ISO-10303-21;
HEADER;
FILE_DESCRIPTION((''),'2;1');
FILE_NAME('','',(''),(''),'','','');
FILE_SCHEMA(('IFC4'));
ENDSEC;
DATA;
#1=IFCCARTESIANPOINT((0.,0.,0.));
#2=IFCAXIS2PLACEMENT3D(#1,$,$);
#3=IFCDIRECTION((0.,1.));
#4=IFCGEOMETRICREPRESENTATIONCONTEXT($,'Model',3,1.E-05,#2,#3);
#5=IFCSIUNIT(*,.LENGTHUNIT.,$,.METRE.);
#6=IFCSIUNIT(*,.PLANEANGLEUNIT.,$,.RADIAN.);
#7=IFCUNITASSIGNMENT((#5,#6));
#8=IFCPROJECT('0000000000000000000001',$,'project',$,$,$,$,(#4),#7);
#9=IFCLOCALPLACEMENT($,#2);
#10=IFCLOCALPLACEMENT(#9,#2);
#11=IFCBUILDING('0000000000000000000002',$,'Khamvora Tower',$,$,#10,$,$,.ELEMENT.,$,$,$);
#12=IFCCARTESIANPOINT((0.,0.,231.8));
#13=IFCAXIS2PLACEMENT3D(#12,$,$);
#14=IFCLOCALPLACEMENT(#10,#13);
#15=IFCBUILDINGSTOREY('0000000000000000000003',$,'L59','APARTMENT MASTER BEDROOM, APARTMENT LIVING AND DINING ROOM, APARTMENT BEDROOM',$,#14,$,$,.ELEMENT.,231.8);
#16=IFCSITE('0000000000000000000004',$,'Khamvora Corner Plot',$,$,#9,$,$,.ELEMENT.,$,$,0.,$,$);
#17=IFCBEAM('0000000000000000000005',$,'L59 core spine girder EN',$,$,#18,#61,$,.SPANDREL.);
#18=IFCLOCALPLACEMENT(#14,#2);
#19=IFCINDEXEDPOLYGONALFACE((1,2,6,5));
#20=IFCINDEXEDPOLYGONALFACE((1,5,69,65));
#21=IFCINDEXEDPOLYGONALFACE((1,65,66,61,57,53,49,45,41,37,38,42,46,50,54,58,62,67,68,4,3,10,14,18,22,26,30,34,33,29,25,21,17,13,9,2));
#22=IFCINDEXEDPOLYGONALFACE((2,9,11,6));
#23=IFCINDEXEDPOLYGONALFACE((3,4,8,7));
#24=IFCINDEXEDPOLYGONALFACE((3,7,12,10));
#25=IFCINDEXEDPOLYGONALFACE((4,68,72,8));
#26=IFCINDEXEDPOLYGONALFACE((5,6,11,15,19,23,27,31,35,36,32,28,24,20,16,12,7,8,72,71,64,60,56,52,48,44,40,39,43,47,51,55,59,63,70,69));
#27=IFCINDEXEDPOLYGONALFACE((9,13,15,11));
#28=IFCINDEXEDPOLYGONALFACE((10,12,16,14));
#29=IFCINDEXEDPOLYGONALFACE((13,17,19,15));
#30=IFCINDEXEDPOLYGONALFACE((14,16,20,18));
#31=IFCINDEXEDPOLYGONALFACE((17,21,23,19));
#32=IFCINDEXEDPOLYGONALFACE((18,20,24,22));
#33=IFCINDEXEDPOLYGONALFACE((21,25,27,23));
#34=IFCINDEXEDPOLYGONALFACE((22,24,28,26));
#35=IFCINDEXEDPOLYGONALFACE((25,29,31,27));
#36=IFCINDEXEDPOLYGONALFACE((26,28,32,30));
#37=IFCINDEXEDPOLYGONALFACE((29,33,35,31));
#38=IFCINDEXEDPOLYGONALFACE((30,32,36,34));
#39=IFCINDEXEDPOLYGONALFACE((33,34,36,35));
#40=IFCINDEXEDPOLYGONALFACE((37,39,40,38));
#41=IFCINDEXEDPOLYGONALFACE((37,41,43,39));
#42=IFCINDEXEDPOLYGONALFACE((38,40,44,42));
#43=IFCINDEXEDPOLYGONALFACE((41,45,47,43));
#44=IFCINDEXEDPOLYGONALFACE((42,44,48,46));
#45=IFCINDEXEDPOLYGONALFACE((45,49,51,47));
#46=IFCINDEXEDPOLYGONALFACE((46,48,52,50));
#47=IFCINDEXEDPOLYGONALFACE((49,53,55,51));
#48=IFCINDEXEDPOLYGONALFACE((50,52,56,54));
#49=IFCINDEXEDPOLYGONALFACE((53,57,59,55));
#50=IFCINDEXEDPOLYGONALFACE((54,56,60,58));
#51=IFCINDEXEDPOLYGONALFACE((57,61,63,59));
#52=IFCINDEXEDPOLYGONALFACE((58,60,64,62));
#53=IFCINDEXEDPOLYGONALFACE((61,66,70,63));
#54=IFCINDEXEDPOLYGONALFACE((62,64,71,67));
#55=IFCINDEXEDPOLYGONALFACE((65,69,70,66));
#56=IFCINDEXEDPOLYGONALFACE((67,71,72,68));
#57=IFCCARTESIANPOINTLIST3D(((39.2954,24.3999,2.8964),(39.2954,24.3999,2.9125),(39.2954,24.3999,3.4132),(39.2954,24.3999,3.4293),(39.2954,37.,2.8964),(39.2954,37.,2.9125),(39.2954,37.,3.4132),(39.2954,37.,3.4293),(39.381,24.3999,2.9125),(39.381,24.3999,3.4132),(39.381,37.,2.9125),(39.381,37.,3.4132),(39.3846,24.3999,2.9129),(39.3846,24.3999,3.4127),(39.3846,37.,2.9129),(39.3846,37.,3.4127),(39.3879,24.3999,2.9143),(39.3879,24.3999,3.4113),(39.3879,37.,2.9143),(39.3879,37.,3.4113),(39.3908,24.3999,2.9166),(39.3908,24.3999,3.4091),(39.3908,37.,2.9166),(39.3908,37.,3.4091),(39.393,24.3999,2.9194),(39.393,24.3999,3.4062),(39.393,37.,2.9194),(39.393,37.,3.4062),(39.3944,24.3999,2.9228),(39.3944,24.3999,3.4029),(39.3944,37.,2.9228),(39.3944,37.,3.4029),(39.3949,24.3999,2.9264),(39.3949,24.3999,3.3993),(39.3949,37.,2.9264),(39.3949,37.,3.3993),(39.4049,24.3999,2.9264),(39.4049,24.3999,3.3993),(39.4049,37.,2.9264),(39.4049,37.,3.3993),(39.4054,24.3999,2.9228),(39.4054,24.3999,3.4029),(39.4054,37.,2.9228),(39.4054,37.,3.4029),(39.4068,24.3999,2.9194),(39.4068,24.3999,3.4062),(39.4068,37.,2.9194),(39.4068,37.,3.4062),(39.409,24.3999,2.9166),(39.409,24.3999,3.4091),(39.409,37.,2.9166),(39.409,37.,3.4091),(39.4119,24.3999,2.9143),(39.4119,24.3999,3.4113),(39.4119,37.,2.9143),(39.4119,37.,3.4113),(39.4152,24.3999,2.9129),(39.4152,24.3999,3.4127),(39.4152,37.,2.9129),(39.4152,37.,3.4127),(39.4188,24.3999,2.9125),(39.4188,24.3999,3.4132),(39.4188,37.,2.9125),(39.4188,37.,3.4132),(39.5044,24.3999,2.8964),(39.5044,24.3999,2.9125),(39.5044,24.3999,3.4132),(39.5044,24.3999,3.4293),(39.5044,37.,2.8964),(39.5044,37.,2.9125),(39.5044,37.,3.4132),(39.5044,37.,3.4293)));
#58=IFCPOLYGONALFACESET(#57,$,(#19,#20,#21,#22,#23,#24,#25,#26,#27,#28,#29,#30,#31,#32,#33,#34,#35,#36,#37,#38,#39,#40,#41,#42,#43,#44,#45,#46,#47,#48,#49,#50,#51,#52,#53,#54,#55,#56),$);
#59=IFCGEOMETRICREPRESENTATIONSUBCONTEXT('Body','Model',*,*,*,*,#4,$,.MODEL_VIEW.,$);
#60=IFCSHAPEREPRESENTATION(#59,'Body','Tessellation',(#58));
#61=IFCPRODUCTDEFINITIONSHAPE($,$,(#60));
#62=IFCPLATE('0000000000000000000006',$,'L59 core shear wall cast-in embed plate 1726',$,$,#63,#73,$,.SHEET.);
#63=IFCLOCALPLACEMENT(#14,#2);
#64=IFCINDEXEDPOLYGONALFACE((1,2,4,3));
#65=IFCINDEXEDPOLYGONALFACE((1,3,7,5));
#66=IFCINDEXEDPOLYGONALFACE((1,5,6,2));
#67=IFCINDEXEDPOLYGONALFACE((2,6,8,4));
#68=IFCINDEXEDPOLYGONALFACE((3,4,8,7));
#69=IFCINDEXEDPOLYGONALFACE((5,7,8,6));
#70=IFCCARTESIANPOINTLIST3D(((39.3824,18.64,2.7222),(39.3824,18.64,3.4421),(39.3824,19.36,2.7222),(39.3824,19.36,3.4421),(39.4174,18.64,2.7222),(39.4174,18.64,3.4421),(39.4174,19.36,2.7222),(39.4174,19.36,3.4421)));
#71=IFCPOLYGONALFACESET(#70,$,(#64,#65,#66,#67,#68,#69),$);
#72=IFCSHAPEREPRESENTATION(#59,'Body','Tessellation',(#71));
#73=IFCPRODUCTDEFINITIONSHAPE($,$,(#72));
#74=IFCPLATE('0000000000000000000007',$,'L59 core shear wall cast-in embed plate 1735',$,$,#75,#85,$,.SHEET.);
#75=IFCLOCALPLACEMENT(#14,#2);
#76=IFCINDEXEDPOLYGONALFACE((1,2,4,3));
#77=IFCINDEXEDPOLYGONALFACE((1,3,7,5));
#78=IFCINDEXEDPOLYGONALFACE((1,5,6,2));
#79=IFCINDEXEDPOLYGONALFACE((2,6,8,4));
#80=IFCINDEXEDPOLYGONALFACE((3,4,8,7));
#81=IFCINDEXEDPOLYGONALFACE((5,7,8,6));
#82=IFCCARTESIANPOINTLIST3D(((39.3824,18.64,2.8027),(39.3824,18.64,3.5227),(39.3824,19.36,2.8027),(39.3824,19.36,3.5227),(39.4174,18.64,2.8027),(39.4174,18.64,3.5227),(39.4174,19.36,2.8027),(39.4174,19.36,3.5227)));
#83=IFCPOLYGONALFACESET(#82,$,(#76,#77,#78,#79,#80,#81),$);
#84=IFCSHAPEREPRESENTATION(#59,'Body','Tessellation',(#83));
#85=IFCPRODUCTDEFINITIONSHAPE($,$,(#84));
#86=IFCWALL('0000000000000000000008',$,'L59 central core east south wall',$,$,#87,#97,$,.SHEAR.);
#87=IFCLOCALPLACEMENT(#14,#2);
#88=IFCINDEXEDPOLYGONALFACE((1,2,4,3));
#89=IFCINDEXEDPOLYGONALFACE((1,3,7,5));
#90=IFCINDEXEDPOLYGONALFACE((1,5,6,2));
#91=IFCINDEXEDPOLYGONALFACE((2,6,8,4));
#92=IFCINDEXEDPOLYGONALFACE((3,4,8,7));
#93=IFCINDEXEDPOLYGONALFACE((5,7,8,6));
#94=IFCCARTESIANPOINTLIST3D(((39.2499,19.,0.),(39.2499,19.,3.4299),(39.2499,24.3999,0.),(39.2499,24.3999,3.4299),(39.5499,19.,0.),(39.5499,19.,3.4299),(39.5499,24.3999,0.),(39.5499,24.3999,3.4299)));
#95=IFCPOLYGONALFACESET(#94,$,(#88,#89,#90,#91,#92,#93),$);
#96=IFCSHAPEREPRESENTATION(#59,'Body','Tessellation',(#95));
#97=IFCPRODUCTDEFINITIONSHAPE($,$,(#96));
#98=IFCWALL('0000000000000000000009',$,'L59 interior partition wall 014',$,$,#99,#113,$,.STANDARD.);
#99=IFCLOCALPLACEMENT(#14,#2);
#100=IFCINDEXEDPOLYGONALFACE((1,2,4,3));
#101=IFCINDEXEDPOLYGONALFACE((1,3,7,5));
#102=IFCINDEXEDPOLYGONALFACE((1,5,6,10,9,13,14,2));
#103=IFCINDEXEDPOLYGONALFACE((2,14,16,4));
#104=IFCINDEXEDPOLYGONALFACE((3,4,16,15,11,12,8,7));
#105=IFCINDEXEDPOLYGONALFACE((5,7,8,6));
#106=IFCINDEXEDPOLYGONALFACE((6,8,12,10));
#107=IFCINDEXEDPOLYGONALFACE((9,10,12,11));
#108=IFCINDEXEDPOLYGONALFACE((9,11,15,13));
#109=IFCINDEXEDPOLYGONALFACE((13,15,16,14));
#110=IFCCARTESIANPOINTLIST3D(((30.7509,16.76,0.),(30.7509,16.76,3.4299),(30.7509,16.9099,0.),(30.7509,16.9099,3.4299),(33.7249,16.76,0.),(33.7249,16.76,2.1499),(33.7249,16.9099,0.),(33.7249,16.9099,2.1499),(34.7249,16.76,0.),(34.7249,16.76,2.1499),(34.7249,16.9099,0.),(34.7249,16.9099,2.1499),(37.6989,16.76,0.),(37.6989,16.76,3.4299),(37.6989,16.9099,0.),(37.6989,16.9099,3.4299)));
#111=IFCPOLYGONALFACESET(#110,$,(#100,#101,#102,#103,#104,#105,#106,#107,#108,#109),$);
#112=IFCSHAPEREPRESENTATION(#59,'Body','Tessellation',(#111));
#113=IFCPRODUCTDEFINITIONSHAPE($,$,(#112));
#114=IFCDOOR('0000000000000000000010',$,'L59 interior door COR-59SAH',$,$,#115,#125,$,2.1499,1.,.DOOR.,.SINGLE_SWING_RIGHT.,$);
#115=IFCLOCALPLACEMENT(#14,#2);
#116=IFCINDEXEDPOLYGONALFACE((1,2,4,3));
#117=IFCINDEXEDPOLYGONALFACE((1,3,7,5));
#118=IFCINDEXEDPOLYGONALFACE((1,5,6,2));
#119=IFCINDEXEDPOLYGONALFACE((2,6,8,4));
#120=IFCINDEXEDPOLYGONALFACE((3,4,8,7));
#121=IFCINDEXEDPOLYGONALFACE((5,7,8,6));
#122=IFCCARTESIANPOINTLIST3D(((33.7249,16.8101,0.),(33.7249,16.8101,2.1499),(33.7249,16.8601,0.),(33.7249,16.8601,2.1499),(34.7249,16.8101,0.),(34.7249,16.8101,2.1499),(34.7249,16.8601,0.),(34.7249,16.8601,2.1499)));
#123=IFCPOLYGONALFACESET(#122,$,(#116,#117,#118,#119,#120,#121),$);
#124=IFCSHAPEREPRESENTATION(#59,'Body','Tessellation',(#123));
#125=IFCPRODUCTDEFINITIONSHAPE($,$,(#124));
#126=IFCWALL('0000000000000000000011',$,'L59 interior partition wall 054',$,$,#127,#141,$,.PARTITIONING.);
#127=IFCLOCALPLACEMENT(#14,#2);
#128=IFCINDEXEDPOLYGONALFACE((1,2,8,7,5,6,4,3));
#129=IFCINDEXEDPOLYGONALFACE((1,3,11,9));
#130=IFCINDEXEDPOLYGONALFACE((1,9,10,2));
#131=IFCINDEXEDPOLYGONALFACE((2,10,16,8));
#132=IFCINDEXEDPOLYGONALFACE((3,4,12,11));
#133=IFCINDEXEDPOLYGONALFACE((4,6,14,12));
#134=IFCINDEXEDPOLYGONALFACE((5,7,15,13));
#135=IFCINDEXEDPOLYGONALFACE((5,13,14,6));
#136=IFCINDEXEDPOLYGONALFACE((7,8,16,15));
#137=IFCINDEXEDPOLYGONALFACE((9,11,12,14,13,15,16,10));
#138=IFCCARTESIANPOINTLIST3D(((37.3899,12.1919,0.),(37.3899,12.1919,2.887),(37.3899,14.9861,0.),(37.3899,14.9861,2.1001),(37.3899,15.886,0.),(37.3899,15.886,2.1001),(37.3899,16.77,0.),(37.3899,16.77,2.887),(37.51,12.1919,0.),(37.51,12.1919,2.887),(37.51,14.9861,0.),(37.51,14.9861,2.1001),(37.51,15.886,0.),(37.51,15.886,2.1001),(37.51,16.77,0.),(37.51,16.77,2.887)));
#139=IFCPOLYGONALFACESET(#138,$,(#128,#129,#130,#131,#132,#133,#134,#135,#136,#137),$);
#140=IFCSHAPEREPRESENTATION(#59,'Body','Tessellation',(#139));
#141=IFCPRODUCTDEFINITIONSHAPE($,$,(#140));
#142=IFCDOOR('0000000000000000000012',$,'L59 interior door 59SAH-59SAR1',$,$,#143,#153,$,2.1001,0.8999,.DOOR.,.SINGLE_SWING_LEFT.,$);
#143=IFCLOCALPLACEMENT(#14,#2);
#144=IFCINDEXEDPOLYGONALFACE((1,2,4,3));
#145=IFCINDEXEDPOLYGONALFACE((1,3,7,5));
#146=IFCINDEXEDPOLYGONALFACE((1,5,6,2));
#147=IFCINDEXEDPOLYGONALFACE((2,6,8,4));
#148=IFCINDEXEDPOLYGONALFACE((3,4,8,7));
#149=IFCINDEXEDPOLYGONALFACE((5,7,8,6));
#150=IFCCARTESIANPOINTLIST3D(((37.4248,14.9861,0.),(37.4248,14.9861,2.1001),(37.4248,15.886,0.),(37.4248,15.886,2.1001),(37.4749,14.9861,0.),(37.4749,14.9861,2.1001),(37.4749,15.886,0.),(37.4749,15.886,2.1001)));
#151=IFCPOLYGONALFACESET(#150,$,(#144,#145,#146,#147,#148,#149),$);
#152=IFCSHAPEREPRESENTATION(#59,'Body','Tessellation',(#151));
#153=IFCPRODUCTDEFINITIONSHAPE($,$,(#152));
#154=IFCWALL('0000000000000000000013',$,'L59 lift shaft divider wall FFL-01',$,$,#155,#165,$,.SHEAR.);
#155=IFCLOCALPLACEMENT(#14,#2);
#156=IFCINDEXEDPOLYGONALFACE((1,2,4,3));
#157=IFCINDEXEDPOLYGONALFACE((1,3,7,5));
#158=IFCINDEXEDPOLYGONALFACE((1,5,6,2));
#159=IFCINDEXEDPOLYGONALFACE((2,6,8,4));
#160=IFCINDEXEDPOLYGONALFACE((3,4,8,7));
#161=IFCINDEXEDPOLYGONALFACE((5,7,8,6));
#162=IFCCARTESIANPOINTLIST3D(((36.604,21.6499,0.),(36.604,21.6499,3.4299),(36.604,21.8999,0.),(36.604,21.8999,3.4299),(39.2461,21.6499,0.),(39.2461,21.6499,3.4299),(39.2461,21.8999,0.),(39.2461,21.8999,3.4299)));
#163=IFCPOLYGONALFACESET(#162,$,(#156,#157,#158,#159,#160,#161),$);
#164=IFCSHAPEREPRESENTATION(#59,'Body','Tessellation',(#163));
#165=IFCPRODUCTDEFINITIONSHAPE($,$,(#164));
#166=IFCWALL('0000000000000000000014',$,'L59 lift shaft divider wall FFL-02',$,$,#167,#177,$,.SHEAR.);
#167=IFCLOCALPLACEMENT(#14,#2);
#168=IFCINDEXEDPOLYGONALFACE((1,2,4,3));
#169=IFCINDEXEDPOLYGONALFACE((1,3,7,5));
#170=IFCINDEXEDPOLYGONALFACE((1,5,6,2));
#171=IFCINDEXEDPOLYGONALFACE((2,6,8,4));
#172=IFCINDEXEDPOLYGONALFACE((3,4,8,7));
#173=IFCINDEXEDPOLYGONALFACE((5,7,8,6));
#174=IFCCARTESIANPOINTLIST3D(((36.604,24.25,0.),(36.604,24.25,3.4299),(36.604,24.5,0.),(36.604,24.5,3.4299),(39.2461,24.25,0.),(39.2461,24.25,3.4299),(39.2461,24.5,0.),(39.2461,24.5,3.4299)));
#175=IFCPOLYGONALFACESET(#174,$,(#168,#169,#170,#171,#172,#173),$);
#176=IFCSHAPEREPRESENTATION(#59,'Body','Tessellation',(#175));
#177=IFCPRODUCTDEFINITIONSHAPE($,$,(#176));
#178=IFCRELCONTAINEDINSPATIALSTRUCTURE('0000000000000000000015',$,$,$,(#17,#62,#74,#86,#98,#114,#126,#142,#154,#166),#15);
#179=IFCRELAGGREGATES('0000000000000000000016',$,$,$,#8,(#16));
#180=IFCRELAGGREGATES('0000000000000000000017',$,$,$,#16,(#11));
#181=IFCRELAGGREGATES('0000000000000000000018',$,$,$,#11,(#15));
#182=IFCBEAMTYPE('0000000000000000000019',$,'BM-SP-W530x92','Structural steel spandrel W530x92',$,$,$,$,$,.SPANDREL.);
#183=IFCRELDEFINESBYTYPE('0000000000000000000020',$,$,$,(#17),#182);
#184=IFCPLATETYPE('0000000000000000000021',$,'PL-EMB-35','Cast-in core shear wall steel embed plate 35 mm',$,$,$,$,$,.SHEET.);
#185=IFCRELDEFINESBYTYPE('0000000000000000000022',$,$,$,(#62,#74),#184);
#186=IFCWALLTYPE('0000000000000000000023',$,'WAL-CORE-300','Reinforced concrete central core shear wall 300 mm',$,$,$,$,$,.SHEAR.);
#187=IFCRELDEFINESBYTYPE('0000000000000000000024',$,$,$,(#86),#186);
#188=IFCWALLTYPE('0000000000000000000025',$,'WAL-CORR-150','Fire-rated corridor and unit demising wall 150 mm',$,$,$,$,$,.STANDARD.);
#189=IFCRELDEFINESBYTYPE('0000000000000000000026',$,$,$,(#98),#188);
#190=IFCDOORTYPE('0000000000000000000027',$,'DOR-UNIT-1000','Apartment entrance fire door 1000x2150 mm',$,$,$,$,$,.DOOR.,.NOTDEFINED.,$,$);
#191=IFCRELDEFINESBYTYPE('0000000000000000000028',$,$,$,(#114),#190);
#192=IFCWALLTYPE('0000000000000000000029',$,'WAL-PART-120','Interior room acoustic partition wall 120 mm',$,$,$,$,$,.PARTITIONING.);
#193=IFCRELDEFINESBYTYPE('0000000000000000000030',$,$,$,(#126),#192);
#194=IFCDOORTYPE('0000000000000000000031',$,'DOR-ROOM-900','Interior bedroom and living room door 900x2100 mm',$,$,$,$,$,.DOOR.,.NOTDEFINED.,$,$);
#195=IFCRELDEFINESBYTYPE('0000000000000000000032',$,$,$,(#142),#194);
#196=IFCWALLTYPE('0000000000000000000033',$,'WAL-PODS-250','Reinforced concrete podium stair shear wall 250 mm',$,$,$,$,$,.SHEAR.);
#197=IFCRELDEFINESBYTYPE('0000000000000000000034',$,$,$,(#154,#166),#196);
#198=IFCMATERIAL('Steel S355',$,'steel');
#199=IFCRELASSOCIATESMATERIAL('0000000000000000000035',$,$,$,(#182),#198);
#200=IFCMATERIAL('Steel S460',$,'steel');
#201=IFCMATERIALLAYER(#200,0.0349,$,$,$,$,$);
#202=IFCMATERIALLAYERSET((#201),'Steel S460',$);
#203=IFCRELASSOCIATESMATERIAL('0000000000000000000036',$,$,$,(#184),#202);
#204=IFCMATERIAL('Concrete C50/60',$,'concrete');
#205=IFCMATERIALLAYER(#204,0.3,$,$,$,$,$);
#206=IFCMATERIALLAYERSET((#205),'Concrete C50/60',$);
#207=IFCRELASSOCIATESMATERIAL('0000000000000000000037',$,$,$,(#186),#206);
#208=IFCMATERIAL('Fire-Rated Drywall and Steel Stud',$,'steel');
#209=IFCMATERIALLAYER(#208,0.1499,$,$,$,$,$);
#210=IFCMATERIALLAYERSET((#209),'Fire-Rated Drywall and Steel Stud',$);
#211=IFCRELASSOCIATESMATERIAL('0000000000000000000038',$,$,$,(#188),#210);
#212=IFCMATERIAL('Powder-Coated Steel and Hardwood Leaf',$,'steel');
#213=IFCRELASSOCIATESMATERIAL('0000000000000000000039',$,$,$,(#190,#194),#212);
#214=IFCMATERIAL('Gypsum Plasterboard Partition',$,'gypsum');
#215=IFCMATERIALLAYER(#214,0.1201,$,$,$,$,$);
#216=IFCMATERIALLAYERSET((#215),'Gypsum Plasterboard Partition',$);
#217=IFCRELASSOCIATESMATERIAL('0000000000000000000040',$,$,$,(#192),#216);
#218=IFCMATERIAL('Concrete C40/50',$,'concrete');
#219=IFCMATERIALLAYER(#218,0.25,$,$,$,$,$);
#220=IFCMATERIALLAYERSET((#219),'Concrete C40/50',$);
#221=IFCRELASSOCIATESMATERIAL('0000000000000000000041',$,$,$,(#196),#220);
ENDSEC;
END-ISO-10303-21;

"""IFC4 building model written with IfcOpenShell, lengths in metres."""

from ifc_helpers import new_model, si_unit, direction, frame, frame_2d, origin, origin_2d, place, context, subcontext, project, spatial, rectangle, i_section, extrude, material, layer, layer_set, material_profile, profile_set, type_object, element, fill, save


model = new_model("IFC4")

# Units and contexts
model_context = context("Model", 3, precision=1e-05, world=origin(), true_north=direction((0.0, 1.0)))
body_context = subcontext(model_context, "Body", "Model", "MODEL_VIEW")
ifc_project = project(units=[si_unit("LENGTHUNIT", "METRE"), si_unit("PLANEANGLEUNIT", "RADIAN")], contexts=[model_context])

# Site, building, storey
site_placement = place(None, origin())
site = spatial("IfcSite", under=ifc_project, at=site_placement, Name="Khamvora Corner Plot", CompositionType="ELEMENT", RefElevation=0.0)
building_placement = place(site_placement, origin())
building = spatial("IfcBuilding", under=site, at=building_placement, Name="Khamvora Tower", CompositionType="ELEMENT")
storey_placement = place(building_placement, frame((0.0, 0.0, 231.8)))
storey = spatial("IfcBuildingStorey", under=building, at=storey_placement, Name="L59", Description="APARTMENT MASTER BEDROOM, APARTMENT LIVING AND DINING ROOM, APARTMENT BEDROOM", CompositionType="ELEMENT", Elevation=231.8)

# Shared definitions
ifc_material_1 = material(Name="Steel S355", Category="steel")

# Beam
ifc_material_profile_1 = material_profile(ifc_material_1, i_section(OverallWidth=0.209, OverallDepth=0.533, WebThickness=0.01, FlangeThickness=0.0161, FilletRadius=0.0139, at=origin_2d()), Name="W530x92")
ifc_profile_set_1 = profile_set([ifc_material_profile_1], Name="Steel S355")
beam_type_1 = type_object("IfcBeamType", Name="BM-SP-W530x92", Description="Structural steel spandrel W530x92", PredefinedType="SPANDREL", material=ifc_profile_set_1)
beam_1_placement = place(storey_placement, frame((39.3999, 24.3999, 3.1628), z_axis=(0.0, 1.0, 0.0), x_axis=(-1.0, 0.0, 0.0)))
element("IfcBeam", 1, at=beam_1_placement, inside=storey, type_object=beam_type_1, Name="L59 core spine girder EN", PredefinedType="SPANDREL", context=body_context, shape_type="SweptSolid", body=[
    extrude(i_section(OverallWidth=0.209, OverallDepth=0.533, WebThickness=0.01, FlangeThickness=0.0161, FilletRadius=0.0139, at=origin_2d()), origin(), (0.0, 0.0, 1.0), 12.6001),
])

# Plates
ifc_material_2 = material(Name="Steel S460", Category="steel")
ifc_layer_1 = layer(ifc_material_2, 0.0349)
ifc_layer_set_1 = layer_set([ifc_layer_1], Name="Steel S460")
plate_type = type_object("IfcPlateType", Name="PL-EMB-35", Description="Cast-in core shear wall steel embed plate 35 mm", PredefinedType="SHEET", material=ifc_layer_set_1)
for number, where, z_axis, x_axis, name in (
    (2, (39.3999, 19.0, 2.7222), (0.0, 0.0, 1.0), (1.0, 0.0, 0.0), "L59 core shear wall cast-in embed plate 1726"),
    (3, (39.3999, 19.0, 2.8027), (0.0, 0.0, 1.0), (1.0, 0.0, 0.0), "L59 core shear wall cast-in embed plate 1735"),
):
    element("IfcPlate", number, at=place(storey_placement, frame(where, z_axis=z_axis, x_axis=x_axis)), inside=storey, type_object=plate_type, Name=name, PredefinedType="SHEET", context=body_context, shape_type="SweptSolid", body=[
        extrude(rectangle(XDim=0.0349, YDim=0.72, at=origin_2d()), origin(), (0.0, 0.0, 1.0), 0.72),
    ])

# Wall
ifc_material_3 = material(Name="Concrete C50/60", Category="concrete")
ifc_layer_2 = layer(ifc_material_3, 0.3)
ifc_layer_set_2 = layer_set([ifc_layer_2], Name="Concrete C50/60")
wall_type_1 = type_object("IfcWallType", Name="WAL-CORE-300", Description="Reinforced concrete central core shear wall 300 mm", PredefinedType="SHEAR", material=ifc_layer_set_2)
wall_1_placement = place(storey_placement, frame((39.3999, 19.0, 0.0), z_axis=(0.0, 0.0, 1.0), x_axis=(0.0, 1.0, 0.0)))
element("IfcWall", 4, at=wall_1_placement, inside=storey, type_object=wall_type_1, Name="L59 central core east south wall", PredefinedType="SHEAR", context=body_context, shape_type="SweptSolid", body=[
    extrude(rectangle(XDim=5.3999, YDim=0.3, at=frame_2d((2.7, 0.0))), origin(), (0.0, 0.0, 1.0), 3.4299),
])

# Walls, openings, doors
ifc_material_4 = material(Name="Fire-Rated Drywall and Steel Stud", Category="steel")
ifc_layer_3 = layer(ifc_material_4, 0.1499)
ifc_layer_set_3 = layer_set([ifc_layer_3], Name="Fire-Rated Drywall and Steel Stud")
wall_type_2 = type_object("IfcWallType", Name="WAL-CORR-150", Description="Fire-rated corridor and unit demising wall 150 mm", PredefinedType="STANDARD", material=ifc_layer_set_3)
wall_2_placement = place(storey_placement, frame((37.699, 16.835, 0.0), z_axis=(0.0, 0.0, 1.0), x_axis=(-1.0, 0.0, 0.0)))
wall_2 = element("IfcWall", 5, at=wall_2_placement, inside=storey, type_object=wall_type_2, Name="L59 interior partition wall 014", PredefinedType="STANDARD", context=body_context, shape_type="SweptSolid", body=[
    extrude(rectangle(XDim=6.948, YDim=0.1499, at=frame_2d((3.4741, 0.0))), origin(), (0.0, 0.0, 1.0), 3.4299),
])
opening_1_placement = place(wall_2_placement, frame((2.9741, 0.0, 0.0)))
opening_1 = element("IfcOpeningElement", 6, at=opening_1_placement, cuts=wall_2, PredefinedType="OPENING", context=body_context, shape_type="SweptSolid", body=[
    extrude(rectangle(XDim=1.0, YDim=2.1499, at=frame_2d((0.5, 1.075))), frame((0.0, 0.085, 0.0), z_axis=(0.0, -1.0, 0.0), x_axis=(1.0, 0.0, 0.0)), (0.0, 0.0, 1.0), 0.1699),
])
ifc_material_5 = material(Name="Powder-Coated Steel and Hardwood Leaf", Category="steel")
door_type_1 = type_object("IfcDoorType", Name="DOR-UNIT-1000", Description="Apartment entrance fire door 1000x2150 mm", OperationType="NOTDEFINED", PredefinedType="DOOR", material=ifc_material_5)
door_1_placement = place(opening_1_placement, origin())
door_1 = element("IfcDoor", 7, at=door_1_placement, inside=storey, type_object=door_type_1, Name="L59 interior door COR-59SAH", OperationType="SINGLE_SWING_RIGHT", OverallHeight=2.1499, OverallWidth=1.0, PredefinedType="DOOR", context=body_context, shape_type="SweptSolid", body=[
    extrude(rectangle(XDim=1.0, YDim=2.1499, at=frame_2d((0.5, 1.075))), frame((0.0, 0.0249, 0.0), z_axis=(0.0, -1.0, 0.0), x_axis=(1.0, 0.0, 0.0)), (0.0, 0.0, 1.0), 0.05),
])
fill(opening_1, door_1)
ifc_material_6 = material(Name="Gypsum Plasterboard Partition", Category="gypsum")
ifc_layer_4 = layer(ifc_material_6, 0.1201)
ifc_layer_set_4 = layer_set([ifc_layer_4], Name="Gypsum Plasterboard Partition")
wall_type_3 = type_object("IfcWallType", Name="WAL-PART-120", Description="Interior room acoustic partition wall 120 mm", PredefinedType="PARTITIONING", material=ifc_layer_set_4)
wall_3_placement = place(storey_placement, frame((37.45, 16.77, 0.0), z_axis=(0.0, 0.0, 1.0), x_axis=(0.0, -1.0, 0.0)))
wall_3 = element("IfcWall", 8, at=wall_3_placement, inside=storey, type_object=wall_type_3, Name="L59 interior partition wall 054", PredefinedType="PARTITIONING", context=body_context, shape_type="SweptSolid", body=[
    extrude(rectangle(XDim=4.5781, YDim=0.1201, at=frame_2d((2.2891, 0.0))), origin(), (0.0, 0.0, 1.0), 2.887),
])
opening_2_placement = place(wall_3_placement, frame((0.884, 0.0, 0.0)))
opening_2 = element("IfcOpeningElement", 9, at=opening_2_placement, cuts=wall_3, PredefinedType="OPENING", context=body_context, shape_type="SweptSolid", body=[
    extrude(rectangle(XDim=0.8999, YDim=2.1001, at=frame_2d((0.45, 1.05))), frame((0.0, 0.0701, 0.0), z_axis=(0.0, -1.0, 0.0), x_axis=(1.0, 0.0, 0.0)), (0.0, 0.0, 1.0), 0.1401),
])
door_type_2 = type_object("IfcDoorType", Name="DOR-ROOM-900", Description="Interior bedroom and living room door 900x2100 mm", OperationType="NOTDEFINED", PredefinedType="DOOR", material=ifc_material_5)
door_2_placement = place(opening_2_placement, origin())
door_2 = element("IfcDoor", 10, at=door_2_placement, inside=storey, type_object=door_type_2, Name="L59 interior door 59SAH-59SAR1", OperationType="SINGLE_SWING_LEFT", OverallHeight=2.1001, OverallWidth=0.8999, PredefinedType="DOOR", context=body_context, shape_type="SweptSolid", body=[
    extrude(rectangle(XDim=0.8999, YDim=2.1001, at=frame_2d((0.45, 1.05))), frame((0.0, 0.0249, 0.0), z_axis=(0.0, -1.0, 0.0), x_axis=(1.0, 0.0, 0.0)), (0.0, 0.0, 1.0), 0.05),
])
fill(opening_2, door_2)

# Walls
ifc_material_7 = material(Name="Concrete C40/50", Category="concrete")
ifc_layer_5 = layer(ifc_material_7, 0.25)
ifc_layer_set_5 = layer_set([ifc_layer_5], Name="Concrete C40/50")
wall_type_4 = type_object("IfcWallType", Name="WAL-PODS-250", Description="Reinforced concrete podium stair shear wall 250 mm", PredefinedType="SHEAR", material=ifc_layer_set_5)
for number, where, z_axis, x_axis, name in (
    (11, (36.604, 21.7749, 0.0), (0.0, 0.0, 1.0), (1.0, 0.0, 0.0), "L59 lift shaft divider wall FFL-01"),
    (12, (36.604, 24.375, 0.0), (0.0, 0.0, 1.0), (1.0, 0.0, 0.0), "L59 lift shaft divider wall FFL-02"),
):
    element("IfcWall", number, at=place(storey_placement, frame(where, z_axis=z_axis, x_axis=x_axis)), inside=storey, type_object=wall_type_4, Name=name, PredefinedType="SHEAR", context=body_context, shape_type="SweptSolid", body=[
        extrude(rectangle(XDim=2.6421, YDim=0.25, at=frame_2d((1.321, 0.0))), origin(), (0.0, 0.0, 1.0), 3.4299),
    ])

save(model, "model.ifc")
